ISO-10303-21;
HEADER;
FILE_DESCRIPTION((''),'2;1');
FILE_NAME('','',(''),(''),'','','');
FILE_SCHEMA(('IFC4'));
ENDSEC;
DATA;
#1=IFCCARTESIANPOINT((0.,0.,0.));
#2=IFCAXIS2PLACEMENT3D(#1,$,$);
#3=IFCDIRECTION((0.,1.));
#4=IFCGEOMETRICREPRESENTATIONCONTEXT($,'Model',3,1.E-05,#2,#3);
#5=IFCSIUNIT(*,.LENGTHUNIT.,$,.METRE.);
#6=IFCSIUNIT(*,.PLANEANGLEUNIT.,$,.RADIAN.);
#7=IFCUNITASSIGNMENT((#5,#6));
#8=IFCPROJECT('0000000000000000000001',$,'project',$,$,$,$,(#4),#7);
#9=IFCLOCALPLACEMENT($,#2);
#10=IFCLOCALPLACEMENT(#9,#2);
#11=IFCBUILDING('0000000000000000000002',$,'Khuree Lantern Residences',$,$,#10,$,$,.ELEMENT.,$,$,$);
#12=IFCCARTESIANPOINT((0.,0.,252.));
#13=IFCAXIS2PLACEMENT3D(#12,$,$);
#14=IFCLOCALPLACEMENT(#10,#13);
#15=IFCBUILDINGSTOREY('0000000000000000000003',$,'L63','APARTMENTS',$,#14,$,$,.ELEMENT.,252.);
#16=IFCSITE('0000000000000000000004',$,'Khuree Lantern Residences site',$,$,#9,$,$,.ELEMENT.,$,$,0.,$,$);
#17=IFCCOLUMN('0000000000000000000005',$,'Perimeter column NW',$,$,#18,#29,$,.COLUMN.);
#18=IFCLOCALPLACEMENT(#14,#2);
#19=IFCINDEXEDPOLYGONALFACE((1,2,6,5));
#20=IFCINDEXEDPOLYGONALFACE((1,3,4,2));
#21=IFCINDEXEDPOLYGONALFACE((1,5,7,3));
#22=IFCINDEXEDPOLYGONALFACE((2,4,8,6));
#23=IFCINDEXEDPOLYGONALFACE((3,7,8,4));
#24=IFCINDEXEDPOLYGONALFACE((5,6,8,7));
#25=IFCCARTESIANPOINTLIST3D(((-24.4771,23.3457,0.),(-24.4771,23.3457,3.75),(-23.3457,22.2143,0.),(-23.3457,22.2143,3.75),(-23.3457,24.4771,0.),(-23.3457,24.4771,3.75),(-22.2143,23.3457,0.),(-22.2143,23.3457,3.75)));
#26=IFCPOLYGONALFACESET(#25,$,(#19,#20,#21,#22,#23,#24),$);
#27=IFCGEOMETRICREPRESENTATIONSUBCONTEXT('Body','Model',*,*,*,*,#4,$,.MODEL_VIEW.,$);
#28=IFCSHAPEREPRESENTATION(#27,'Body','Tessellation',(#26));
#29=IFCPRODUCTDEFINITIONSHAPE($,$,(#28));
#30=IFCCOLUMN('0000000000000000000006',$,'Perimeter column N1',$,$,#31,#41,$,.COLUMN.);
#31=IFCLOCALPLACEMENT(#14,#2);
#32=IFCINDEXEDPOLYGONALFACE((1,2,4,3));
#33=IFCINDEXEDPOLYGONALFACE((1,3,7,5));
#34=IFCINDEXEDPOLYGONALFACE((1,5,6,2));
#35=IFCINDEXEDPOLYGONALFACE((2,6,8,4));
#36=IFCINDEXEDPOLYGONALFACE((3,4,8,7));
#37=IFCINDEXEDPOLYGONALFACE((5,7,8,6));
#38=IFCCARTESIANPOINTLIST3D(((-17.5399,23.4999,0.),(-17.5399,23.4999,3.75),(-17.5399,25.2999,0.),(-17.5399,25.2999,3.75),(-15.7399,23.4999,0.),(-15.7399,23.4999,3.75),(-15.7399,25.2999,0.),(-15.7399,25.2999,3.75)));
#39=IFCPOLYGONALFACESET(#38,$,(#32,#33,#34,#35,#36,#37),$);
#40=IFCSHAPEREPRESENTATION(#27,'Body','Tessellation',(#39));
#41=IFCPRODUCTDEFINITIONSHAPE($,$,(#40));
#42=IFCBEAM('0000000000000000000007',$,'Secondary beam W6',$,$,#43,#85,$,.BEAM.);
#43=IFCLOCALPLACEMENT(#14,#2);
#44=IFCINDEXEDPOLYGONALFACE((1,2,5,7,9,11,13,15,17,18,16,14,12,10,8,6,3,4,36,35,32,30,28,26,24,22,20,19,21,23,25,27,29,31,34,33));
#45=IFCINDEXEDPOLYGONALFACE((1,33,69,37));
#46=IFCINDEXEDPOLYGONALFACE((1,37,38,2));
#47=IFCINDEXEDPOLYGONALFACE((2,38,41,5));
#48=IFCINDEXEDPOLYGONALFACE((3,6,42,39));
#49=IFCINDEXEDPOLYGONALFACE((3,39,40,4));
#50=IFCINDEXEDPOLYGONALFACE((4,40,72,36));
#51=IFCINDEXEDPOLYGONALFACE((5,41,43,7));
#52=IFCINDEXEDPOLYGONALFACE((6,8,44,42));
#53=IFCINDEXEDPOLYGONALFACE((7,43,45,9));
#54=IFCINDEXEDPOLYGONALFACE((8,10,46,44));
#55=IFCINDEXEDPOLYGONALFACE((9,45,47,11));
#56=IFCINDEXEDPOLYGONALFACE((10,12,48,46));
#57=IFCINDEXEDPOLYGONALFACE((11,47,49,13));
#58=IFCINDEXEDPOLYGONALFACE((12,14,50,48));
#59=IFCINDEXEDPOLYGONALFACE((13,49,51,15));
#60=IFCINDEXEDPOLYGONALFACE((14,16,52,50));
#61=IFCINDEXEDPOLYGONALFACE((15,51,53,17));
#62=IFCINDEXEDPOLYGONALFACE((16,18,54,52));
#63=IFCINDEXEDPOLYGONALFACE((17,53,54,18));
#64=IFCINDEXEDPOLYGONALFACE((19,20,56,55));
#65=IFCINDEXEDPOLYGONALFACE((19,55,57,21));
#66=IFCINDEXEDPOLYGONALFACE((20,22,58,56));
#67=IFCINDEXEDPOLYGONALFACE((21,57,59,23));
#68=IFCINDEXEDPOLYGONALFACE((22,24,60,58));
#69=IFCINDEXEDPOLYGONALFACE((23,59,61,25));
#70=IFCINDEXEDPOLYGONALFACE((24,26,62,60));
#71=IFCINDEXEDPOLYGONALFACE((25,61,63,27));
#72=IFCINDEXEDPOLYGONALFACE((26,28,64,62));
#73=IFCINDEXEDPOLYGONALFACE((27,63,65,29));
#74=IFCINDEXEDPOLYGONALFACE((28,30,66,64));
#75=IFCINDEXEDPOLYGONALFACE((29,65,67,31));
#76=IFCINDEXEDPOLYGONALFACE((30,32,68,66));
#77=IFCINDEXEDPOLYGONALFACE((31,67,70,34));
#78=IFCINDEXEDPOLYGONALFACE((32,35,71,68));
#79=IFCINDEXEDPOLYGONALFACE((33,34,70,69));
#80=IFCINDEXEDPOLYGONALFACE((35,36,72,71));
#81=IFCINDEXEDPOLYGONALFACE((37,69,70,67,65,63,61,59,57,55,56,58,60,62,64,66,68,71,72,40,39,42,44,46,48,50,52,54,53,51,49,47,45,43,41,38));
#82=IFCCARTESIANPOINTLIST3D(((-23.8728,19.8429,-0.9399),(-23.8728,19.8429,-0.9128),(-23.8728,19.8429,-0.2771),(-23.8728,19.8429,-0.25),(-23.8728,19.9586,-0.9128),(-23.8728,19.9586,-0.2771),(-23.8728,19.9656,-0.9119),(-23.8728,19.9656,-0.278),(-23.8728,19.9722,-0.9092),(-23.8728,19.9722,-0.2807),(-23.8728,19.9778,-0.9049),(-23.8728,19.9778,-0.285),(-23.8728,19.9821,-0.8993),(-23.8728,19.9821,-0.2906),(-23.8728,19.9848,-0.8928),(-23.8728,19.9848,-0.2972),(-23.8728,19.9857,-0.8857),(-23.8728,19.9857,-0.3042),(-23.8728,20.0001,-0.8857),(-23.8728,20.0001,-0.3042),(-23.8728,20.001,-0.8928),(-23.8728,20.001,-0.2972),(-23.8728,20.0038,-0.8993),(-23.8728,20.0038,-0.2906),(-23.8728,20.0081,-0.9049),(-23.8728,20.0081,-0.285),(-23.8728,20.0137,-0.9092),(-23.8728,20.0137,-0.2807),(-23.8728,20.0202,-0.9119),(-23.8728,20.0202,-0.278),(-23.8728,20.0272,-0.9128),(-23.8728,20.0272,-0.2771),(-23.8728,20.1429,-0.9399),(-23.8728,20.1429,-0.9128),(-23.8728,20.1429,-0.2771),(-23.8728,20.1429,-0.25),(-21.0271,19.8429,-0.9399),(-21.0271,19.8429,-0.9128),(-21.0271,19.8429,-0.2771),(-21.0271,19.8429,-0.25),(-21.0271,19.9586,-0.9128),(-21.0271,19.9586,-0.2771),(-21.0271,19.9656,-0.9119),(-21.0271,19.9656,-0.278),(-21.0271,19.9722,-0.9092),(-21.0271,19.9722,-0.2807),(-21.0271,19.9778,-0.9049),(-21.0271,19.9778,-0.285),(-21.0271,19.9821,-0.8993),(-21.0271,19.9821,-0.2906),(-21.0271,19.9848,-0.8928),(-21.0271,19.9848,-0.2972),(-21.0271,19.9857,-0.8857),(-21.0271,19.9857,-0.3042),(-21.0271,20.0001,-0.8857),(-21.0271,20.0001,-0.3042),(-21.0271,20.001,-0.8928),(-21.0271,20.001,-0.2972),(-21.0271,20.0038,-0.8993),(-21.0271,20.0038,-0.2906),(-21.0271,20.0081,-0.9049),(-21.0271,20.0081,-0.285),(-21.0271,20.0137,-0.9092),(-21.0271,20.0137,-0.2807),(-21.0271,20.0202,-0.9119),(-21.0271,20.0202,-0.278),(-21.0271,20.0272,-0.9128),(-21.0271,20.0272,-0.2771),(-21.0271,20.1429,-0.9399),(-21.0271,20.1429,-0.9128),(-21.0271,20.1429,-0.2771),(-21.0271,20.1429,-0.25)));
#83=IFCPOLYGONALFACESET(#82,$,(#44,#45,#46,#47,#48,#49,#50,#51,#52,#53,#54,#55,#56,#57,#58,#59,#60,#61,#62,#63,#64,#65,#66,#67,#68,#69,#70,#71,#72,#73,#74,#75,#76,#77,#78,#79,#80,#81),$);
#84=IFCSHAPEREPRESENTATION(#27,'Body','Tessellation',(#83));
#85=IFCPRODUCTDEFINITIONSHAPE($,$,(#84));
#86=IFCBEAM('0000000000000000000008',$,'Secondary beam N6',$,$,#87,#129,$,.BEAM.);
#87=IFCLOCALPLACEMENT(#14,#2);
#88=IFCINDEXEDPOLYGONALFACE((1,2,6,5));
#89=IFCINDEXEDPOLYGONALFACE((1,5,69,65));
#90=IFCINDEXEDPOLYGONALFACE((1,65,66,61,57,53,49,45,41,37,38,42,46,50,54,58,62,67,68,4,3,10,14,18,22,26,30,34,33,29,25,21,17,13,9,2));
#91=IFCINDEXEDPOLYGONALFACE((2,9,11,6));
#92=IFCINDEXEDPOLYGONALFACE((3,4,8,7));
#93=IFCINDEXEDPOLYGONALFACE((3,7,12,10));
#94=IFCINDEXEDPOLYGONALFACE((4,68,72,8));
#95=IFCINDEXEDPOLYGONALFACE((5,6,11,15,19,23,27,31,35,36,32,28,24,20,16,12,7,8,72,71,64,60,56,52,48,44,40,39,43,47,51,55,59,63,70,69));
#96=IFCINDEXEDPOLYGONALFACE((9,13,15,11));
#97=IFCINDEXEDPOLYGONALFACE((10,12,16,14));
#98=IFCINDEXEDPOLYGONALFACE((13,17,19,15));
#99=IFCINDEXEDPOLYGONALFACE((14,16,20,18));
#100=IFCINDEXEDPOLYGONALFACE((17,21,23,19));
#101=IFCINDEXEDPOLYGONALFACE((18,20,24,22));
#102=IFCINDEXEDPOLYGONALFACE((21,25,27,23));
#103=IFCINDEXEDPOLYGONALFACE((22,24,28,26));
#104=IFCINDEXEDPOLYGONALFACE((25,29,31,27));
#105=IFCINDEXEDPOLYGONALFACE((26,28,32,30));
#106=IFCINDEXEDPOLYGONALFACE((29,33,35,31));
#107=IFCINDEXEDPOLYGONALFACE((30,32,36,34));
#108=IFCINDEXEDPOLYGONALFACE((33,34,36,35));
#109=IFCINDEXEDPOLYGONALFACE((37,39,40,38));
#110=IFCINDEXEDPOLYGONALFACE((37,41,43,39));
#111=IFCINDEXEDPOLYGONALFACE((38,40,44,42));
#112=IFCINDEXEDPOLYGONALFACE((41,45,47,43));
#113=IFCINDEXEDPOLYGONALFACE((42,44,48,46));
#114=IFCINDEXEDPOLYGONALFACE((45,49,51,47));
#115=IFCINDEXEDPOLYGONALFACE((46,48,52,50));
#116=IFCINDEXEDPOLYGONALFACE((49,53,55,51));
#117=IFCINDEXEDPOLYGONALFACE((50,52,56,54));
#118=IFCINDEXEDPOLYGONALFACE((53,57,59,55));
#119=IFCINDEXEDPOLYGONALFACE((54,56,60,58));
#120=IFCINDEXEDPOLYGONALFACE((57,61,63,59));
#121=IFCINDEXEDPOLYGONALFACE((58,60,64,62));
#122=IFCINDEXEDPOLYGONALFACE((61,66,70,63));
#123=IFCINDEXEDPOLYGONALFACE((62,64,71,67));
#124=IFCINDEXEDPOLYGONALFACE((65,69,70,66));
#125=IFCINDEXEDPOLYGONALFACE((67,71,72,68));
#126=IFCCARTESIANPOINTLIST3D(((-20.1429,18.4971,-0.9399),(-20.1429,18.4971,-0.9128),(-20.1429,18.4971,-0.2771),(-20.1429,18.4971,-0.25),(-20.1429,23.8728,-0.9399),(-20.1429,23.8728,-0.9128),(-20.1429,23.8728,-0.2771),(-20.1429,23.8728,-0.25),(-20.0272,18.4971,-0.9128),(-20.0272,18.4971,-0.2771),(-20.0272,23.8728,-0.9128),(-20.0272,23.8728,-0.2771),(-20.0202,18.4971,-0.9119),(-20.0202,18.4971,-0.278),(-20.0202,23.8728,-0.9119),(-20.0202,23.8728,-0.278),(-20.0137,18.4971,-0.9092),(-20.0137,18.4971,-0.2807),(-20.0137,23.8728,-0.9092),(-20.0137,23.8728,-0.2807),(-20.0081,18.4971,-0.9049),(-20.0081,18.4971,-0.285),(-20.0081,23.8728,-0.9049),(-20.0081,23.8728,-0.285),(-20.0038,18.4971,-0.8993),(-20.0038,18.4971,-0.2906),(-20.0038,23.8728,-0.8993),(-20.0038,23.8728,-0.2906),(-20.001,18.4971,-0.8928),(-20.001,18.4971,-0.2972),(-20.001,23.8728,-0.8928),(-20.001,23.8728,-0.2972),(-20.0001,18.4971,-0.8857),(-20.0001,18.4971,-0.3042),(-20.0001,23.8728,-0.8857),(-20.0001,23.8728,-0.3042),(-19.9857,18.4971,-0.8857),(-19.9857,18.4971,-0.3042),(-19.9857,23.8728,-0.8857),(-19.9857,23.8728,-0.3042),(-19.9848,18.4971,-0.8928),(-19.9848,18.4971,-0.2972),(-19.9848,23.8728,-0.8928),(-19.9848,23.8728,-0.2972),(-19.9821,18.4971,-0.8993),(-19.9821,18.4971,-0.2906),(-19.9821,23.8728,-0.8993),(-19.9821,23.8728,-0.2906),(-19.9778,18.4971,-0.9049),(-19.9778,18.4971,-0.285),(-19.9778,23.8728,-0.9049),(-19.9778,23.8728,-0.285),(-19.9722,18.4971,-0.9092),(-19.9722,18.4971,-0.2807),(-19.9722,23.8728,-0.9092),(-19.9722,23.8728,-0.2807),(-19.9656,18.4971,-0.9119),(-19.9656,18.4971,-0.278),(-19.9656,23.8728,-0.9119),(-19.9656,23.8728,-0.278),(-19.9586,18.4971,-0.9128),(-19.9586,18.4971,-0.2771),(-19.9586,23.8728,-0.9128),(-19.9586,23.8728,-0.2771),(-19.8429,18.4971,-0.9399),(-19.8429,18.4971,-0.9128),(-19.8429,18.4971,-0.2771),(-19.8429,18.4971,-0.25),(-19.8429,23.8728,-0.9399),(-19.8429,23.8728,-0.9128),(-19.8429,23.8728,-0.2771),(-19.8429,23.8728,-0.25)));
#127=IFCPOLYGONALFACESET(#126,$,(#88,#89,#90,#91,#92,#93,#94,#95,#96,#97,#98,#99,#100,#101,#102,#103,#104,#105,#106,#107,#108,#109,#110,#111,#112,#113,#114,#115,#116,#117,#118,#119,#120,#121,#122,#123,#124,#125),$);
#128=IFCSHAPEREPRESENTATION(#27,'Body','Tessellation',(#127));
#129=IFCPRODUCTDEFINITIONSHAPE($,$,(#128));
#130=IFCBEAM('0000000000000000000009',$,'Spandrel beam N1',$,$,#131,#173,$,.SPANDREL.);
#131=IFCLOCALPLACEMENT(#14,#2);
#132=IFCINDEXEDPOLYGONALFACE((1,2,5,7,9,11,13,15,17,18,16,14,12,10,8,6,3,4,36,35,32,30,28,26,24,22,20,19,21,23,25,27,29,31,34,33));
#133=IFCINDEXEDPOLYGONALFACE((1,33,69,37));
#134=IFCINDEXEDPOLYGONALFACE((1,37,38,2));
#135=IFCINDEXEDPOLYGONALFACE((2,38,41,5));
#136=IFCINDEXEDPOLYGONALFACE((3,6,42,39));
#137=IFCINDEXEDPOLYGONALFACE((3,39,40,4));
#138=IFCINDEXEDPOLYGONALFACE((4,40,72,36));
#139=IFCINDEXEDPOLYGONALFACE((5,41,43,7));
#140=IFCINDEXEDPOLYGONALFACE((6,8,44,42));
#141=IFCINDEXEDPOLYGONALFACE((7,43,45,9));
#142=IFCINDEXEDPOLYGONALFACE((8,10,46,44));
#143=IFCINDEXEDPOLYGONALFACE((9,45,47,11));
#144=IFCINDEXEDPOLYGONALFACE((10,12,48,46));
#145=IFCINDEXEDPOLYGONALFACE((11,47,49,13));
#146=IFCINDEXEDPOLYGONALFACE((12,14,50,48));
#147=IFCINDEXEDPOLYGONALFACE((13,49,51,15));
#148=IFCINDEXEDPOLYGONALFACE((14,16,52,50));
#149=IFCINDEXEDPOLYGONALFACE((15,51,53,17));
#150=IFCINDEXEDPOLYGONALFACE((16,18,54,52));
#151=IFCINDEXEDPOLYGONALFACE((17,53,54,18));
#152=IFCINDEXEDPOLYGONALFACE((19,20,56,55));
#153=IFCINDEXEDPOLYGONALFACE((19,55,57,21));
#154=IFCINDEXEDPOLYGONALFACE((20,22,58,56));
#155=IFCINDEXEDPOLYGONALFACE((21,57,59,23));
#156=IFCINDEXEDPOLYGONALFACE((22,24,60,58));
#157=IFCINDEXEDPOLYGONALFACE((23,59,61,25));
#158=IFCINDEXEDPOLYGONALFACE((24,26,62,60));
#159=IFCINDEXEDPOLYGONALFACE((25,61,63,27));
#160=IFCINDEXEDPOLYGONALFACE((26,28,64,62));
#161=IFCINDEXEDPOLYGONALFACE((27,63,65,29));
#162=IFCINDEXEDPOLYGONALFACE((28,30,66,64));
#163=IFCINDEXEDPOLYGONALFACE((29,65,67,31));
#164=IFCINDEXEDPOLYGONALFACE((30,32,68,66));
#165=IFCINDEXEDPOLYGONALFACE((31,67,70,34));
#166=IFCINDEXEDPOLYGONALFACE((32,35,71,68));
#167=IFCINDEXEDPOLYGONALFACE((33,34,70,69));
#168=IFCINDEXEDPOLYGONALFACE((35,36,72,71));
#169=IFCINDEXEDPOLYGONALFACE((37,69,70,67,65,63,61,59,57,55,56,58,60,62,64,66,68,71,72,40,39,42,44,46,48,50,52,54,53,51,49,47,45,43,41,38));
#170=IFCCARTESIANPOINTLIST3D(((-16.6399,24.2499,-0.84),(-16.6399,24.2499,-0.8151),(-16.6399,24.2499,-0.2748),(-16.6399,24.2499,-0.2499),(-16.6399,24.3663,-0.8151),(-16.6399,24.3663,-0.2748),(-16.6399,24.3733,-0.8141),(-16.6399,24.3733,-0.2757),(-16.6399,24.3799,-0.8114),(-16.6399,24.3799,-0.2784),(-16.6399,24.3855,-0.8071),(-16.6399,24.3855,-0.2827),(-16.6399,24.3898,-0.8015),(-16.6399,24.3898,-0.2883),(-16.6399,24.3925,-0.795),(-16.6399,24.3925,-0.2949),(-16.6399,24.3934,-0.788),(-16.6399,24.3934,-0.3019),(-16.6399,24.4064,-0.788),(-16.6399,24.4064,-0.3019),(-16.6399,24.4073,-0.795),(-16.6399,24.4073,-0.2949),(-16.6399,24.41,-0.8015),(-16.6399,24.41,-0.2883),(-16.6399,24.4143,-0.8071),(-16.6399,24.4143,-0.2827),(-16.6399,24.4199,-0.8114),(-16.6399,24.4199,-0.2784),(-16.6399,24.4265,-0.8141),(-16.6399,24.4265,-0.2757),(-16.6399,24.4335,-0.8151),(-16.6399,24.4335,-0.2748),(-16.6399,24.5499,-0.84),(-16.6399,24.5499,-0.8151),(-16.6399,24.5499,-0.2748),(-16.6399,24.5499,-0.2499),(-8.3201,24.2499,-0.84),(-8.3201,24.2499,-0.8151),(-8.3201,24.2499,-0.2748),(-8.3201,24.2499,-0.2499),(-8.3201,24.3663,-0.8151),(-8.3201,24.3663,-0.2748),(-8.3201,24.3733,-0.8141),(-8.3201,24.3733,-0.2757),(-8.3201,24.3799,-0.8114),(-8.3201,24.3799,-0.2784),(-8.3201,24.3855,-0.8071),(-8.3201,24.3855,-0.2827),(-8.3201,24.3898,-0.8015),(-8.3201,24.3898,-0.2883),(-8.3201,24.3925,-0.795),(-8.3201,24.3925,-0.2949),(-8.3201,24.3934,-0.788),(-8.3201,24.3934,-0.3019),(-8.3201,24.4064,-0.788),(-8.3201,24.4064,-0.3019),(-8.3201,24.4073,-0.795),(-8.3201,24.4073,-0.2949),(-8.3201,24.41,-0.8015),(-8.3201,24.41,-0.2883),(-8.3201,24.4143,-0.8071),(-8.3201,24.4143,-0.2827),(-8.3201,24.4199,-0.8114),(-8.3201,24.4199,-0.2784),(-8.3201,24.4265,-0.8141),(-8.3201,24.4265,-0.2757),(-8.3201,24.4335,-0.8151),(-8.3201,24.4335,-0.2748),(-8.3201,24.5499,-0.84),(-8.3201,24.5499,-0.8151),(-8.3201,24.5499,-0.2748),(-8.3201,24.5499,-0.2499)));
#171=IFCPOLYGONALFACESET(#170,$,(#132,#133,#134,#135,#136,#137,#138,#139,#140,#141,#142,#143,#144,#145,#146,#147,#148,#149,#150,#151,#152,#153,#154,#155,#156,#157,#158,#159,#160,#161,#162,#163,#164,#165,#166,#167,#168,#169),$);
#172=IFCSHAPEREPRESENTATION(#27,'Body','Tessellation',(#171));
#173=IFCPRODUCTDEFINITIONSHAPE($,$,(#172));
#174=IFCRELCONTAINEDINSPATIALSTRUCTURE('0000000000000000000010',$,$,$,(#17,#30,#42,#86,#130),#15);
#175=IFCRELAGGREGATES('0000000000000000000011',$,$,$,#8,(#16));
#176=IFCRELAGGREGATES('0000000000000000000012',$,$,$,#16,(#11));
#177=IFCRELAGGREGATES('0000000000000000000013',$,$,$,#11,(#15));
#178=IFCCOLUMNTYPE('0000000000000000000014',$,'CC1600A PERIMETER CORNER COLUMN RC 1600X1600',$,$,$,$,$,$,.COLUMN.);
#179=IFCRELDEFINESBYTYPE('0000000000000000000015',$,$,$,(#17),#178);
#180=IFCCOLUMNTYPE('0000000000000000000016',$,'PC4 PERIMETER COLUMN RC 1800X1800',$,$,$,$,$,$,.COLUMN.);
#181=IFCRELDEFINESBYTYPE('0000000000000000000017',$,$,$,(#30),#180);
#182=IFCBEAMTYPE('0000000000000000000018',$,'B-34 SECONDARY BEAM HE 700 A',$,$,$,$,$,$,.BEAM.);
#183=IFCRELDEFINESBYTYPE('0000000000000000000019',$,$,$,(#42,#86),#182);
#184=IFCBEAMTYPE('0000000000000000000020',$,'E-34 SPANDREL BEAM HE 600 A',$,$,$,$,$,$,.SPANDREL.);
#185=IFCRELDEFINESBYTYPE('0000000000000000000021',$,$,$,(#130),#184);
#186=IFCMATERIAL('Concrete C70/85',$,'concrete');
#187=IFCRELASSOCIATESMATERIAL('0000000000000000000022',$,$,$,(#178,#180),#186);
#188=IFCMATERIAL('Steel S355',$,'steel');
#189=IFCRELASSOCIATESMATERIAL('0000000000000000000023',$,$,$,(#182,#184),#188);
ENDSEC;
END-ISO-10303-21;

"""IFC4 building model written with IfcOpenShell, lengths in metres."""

from ifc_helpers import new_model, si_unit, direction, frame, origin, origin_2d, place, context, subcontext, project, spatial, rectangle, i_section, extrude, material, material_profile, profile_set, type_object, element, save


model = new_model("IFC4")

# Units and contexts
model_context = context("Model", 3, precision=1e-05, world=origin(), true_north=direction((0.0, 1.0)))
body_context = subcontext(model_context, "Body", "Model", "MODEL_VIEW")
ifc_project = project(units=[si_unit("LENGTHUNIT", "METRE"), si_unit("PLANEANGLEUNIT", "RADIAN")], contexts=[model_context])

# Site, building, storey
site_placement = place(None, origin())
site = spatial("IfcSite", under=ifc_project, at=site_placement, Name="Khuree Lantern Residences site", CompositionType="ELEMENT", RefElevation=0.0)
building_placement = place(site_placement, origin())
building = spatial("IfcBuilding", under=site, at=building_placement, Name="Khuree Lantern Residences", CompositionType="ELEMENT")
storey_placement = place(building_placement, frame((0.0, 0.0, 252.0)))
storey = spatial("IfcBuildingStorey", under=building, at=storey_placement, Name="L63", Description="APARTMENTS", CompositionType="ELEMENT", Elevation=252.0)

# Columns
ifc_material_1 = material(Name="Concrete C70/85", Category="concrete")
ifc_material_profile_1 = material_profile(ifc_material_1, rectangle(XDim=1.6001, YDim=1.6001, at=origin_2d()), Name="RC 1600X1600")
ifc_profile_set_1 = profile_set([ifc_material_profile_1], Name="Concrete C70/85")
column_type_1 = type_object("IfcColumnType", Name="CC1600A PERIMETER CORNER COLUMN RC 1600X1600", PredefinedType="COLUMN", material=ifc_profile_set_1)
column_1_placement = place(storey_placement, frame((-23.3457, 23.3457, 0.0), z_axis=(0.0, 0.0, 1.0), x_axis=(0.707107, 0.707107, 0.0)))
element("IfcColumn", 1, at=column_1_placement, inside=storey, type_object=column_type_1, Name="Perimeter column NW", PredefinedType="COLUMN", context=body_context, shape_type="SweptSolid", body=[
    extrude(rectangle(XDim=1.6001, YDim=1.6001, at=origin_2d()), origin(), (0.0, 0.0, 1.0), 3.75),
])
ifc_material_profile_2 = material_profile(ifc_material_1, rectangle(XDim=1.8, YDim=1.8, at=origin_2d()), Name="RC 1800X1800")
ifc_profile_set_2 = profile_set([ifc_material_profile_2], Name="Concrete C70/85")
column_type_2 = type_object("IfcColumnType", Name="PC4 PERIMETER COLUMN RC 1800X1800", PredefinedType="COLUMN", material=ifc_profile_set_2)
column_2_placement = place(storey_placement, frame((-16.6399, 24.3999, 0.0), z_axis=(0.0, 0.0, 1.0), x_axis=(1.0, 0.0, 0.0)))
element("IfcColumn", 2, at=column_2_placement, inside=storey, type_object=column_type_2, Name="Perimeter column N1", PredefinedType="COLUMN", context=body_context, shape_type="SweptSolid", body=[
    extrude(rectangle(XDim=1.8, YDim=1.8, at=origin_2d()), origin(), (0.0, 0.0, 1.0), 3.75),
])

# Beams
ifc_material_2 = material(Name="Steel S355", Category="steel")
ifc_material_profile_3 = material_profile(ifc_material_2, i_section(OverallWidth=0.3, OverallDepth=0.6899, WebThickness=0.0144, FlangeThickness=0.0271, FilletRadius=0.0271, at=origin_2d()), Name="HE 700 A")
ifc_profile_set_3 = profile_set([ifc_material_profile_3], Name="Steel S355")
beam_type_1 = type_object("IfcBeamType", Name="B-34 SECONDARY BEAM HE 700 A", PredefinedType="BEAM", material=ifc_profile_set_3)
beam_1_placement = place(storey_placement, frame((-23.8728, 19.9929, -0.595), z_axis=(1.0, 0.0, 0.0), x_axis=(0.0, 1.0, 0.0)))
element("IfcBeam", 3, at=beam_1_placement, inside=storey, type_object=beam_type_1, Name="Secondary beam W6", PredefinedType="BEAM", context=body_context, shape_type="SweptSolid", body=[
    extrude(i_section(OverallWidth=0.3, OverallDepth=0.6899, WebThickness=0.0144, FlangeThickness=0.0271, FilletRadius=0.0271, at=origin_2d()), origin(), (0.0, 0.0, 1.0), 2.8457),
])
beam_2_placement = place(storey_placement, frame((-19.9929, 23.8728, -0.595), z_axis=(0.0, -1.0, 0.0), x_axis=(1.0, 0.0, 0.0)))
element("IfcBeam", 4, at=beam_2_placement, inside=storey, type_object=beam_type_1, Name="Secondary beam N6", PredefinedType="BEAM", context=body_context, shape_type="SweptSolid", body=[
    extrude(i_section(OverallWidth=0.3, OverallDepth=0.6899, WebThickness=0.0144, FlangeThickness=0.0271, FilletRadius=0.0271, at=origin_2d()), origin(), (0.0, 0.0, 1.0), 5.3757),
])
ifc_material_profile_4 = material_profile(ifc_material_2, i_section(OverallWidth=0.3, OverallDepth=0.5901, WebThickness=0.0129, FlangeThickness=0.0249, FilletRadius=0.0271, at=origin_2d()), Name="HE 600 A")
ifc_profile_set_4 = profile_set([ifc_material_profile_4], Name="Steel S355")
beam_type_2 = type_object("IfcBeamType", Name="E-34 SPANDREL BEAM HE 600 A", PredefinedType="SPANDREL", material=ifc_profile_set_4)
beam_3_placement = place(storey_placement, frame((-16.6399, 24.3999, -0.5449), z_axis=(1.0, 0.0, 0.0), x_axis=(0.0, 1.0, 0.0)))
element("IfcBeam", 5, at=beam_3_placement, inside=storey, type_object=beam_type_2, Name="Spandrel beam N1", PredefinedType="SPANDREL", context=body_context, shape_type="SweptSolid", body=[
    extrude(i_section(OverallWidth=0.3, OverallDepth=0.5901, WebThickness=0.0129, FlangeThickness=0.0249, FilletRadius=0.0271, at=origin_2d()), origin(), (0.0, 0.0, 1.0), 8.3198),
])

save(model, "model.ifc")
